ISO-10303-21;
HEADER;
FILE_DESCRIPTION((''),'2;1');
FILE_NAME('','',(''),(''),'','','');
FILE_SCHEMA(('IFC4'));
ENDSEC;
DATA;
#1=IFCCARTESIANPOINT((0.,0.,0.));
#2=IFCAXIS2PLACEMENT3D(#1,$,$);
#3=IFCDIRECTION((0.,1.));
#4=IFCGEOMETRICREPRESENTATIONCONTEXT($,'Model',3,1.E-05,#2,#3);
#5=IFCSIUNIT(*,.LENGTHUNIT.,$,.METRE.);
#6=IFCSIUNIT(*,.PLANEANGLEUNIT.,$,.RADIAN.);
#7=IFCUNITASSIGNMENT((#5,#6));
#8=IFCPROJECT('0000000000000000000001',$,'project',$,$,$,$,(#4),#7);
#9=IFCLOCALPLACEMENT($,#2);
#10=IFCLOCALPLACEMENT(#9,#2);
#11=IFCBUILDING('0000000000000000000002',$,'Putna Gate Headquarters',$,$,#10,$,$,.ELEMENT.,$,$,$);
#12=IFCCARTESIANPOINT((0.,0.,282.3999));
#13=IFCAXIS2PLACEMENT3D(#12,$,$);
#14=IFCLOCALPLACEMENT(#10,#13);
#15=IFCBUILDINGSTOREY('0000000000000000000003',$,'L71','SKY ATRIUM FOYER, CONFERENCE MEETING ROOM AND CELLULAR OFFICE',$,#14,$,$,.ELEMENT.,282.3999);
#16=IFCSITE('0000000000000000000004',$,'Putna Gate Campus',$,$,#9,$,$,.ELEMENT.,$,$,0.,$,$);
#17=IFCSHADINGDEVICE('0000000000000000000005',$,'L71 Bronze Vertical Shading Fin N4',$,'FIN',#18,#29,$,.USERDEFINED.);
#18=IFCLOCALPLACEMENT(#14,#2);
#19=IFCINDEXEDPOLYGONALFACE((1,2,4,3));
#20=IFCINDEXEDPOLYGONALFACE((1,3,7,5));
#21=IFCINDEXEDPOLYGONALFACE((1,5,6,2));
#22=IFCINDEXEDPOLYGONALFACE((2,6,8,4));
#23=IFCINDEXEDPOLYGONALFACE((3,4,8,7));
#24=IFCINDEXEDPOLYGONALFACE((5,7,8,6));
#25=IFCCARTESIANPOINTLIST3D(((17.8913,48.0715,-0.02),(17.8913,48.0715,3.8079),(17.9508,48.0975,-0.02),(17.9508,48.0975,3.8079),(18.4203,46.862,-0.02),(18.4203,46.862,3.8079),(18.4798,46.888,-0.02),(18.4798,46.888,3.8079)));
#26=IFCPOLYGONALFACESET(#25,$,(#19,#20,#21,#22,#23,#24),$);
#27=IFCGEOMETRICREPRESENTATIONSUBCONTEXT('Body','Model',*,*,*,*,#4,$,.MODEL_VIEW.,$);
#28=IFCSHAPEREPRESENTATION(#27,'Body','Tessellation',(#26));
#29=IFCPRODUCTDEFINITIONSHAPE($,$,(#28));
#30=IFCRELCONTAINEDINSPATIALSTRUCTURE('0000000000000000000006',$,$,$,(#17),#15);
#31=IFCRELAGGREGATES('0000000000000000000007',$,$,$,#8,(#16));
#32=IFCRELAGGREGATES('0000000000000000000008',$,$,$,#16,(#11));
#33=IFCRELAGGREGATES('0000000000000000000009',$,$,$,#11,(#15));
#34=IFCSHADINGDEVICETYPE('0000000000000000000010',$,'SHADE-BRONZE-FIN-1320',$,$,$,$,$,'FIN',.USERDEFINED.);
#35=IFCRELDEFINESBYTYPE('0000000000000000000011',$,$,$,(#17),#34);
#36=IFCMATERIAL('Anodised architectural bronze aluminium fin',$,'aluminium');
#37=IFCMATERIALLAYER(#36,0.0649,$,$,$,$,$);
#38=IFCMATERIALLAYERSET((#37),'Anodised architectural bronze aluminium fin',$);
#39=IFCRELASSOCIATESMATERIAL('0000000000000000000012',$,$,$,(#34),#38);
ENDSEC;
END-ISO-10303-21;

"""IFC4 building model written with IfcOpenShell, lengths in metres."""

from ifc_helpers import new_model, si_unit, direction, frame, origin, origin_2d, place, context, subcontext, project, spatial, rectangle, extrude, material, layer, layer_set, type_object, element, save


model = new_model("IFC4")

# Units and contexts
model_context = context("Model", 3, precision=1e-05, world=origin(), true_north=direction((0.0, 1.0)))
body_context = subcontext(model_context, "Body", "Model", "MODEL_VIEW")
ifc_project = project(units=[si_unit("LENGTHUNIT", "METRE"), si_unit("PLANEANGLEUNIT", "RADIAN")], contexts=[model_context])

# Site, building, storey
site_placement = place(None, origin())
site = spatial("IfcSite", under=ifc_project, at=site_placement, Name="Putna Gate Campus", CompositionType="ELEMENT", RefElevation=0.0)
building_placement = place(site_placement, origin())
building = spatial("IfcBuilding", under=site, at=building_placement, Name="Putna Gate Headquarters", CompositionType="ELEMENT")
storey_placement = place(building_placement, frame((0.0, 0.0, 282.3999)))
storey = spatial("IfcBuildingStorey", under=building, at=storey_placement, Name="L71", Description="SKY ATRIUM FOYER, CONFERENCE MEETING ROOM AND CELLULAR OFFICE", CompositionType="ELEMENT", Elevation=282.3999)

# Shading device
ifc_material_1 = material(Name="Anodised architectural bronze aluminium fin", Category="aluminium")
ifc_layer_1 = layer(ifc_material_1, 0.0649)
ifc_layer_set_1 = layer_set([ifc_layer_1], Name="Anodised architectural bronze aluminium fin")
shading_device_type = type_object("IfcShadingDeviceType", Name="SHADE-BRONZE-FIN-1320", ElementType="FIN", PredefinedType="USERDEFINED", material=ifc_layer_set_1)
for number, where, z_axis, x_axis, name in (
    (1, (18.1855, 47.4797, -0.02), (0.0, 0.0, 1.0), (-0.400669, 0.916223, 0.0), "L71 Bronze Vertical Shading Fin N4"),
):
    element("IfcShadingDevice", number, at=place(storey_placement, frame(where, z_axis=z_axis, x_axis=x_axis)), inside=storey, type_object=shading_device_type, Name=name, ObjectType="FIN", PredefinedType="USERDEFINED", context=body_context, shape_type="SweptSolid", body=[
        extrude(rectangle(XDim=1.3201, YDim=0.0649, at=origin_2d()), origin(), (0.0, 0.0, 1.0), 3.8279),
    ])

save(model, "model.ifc")
